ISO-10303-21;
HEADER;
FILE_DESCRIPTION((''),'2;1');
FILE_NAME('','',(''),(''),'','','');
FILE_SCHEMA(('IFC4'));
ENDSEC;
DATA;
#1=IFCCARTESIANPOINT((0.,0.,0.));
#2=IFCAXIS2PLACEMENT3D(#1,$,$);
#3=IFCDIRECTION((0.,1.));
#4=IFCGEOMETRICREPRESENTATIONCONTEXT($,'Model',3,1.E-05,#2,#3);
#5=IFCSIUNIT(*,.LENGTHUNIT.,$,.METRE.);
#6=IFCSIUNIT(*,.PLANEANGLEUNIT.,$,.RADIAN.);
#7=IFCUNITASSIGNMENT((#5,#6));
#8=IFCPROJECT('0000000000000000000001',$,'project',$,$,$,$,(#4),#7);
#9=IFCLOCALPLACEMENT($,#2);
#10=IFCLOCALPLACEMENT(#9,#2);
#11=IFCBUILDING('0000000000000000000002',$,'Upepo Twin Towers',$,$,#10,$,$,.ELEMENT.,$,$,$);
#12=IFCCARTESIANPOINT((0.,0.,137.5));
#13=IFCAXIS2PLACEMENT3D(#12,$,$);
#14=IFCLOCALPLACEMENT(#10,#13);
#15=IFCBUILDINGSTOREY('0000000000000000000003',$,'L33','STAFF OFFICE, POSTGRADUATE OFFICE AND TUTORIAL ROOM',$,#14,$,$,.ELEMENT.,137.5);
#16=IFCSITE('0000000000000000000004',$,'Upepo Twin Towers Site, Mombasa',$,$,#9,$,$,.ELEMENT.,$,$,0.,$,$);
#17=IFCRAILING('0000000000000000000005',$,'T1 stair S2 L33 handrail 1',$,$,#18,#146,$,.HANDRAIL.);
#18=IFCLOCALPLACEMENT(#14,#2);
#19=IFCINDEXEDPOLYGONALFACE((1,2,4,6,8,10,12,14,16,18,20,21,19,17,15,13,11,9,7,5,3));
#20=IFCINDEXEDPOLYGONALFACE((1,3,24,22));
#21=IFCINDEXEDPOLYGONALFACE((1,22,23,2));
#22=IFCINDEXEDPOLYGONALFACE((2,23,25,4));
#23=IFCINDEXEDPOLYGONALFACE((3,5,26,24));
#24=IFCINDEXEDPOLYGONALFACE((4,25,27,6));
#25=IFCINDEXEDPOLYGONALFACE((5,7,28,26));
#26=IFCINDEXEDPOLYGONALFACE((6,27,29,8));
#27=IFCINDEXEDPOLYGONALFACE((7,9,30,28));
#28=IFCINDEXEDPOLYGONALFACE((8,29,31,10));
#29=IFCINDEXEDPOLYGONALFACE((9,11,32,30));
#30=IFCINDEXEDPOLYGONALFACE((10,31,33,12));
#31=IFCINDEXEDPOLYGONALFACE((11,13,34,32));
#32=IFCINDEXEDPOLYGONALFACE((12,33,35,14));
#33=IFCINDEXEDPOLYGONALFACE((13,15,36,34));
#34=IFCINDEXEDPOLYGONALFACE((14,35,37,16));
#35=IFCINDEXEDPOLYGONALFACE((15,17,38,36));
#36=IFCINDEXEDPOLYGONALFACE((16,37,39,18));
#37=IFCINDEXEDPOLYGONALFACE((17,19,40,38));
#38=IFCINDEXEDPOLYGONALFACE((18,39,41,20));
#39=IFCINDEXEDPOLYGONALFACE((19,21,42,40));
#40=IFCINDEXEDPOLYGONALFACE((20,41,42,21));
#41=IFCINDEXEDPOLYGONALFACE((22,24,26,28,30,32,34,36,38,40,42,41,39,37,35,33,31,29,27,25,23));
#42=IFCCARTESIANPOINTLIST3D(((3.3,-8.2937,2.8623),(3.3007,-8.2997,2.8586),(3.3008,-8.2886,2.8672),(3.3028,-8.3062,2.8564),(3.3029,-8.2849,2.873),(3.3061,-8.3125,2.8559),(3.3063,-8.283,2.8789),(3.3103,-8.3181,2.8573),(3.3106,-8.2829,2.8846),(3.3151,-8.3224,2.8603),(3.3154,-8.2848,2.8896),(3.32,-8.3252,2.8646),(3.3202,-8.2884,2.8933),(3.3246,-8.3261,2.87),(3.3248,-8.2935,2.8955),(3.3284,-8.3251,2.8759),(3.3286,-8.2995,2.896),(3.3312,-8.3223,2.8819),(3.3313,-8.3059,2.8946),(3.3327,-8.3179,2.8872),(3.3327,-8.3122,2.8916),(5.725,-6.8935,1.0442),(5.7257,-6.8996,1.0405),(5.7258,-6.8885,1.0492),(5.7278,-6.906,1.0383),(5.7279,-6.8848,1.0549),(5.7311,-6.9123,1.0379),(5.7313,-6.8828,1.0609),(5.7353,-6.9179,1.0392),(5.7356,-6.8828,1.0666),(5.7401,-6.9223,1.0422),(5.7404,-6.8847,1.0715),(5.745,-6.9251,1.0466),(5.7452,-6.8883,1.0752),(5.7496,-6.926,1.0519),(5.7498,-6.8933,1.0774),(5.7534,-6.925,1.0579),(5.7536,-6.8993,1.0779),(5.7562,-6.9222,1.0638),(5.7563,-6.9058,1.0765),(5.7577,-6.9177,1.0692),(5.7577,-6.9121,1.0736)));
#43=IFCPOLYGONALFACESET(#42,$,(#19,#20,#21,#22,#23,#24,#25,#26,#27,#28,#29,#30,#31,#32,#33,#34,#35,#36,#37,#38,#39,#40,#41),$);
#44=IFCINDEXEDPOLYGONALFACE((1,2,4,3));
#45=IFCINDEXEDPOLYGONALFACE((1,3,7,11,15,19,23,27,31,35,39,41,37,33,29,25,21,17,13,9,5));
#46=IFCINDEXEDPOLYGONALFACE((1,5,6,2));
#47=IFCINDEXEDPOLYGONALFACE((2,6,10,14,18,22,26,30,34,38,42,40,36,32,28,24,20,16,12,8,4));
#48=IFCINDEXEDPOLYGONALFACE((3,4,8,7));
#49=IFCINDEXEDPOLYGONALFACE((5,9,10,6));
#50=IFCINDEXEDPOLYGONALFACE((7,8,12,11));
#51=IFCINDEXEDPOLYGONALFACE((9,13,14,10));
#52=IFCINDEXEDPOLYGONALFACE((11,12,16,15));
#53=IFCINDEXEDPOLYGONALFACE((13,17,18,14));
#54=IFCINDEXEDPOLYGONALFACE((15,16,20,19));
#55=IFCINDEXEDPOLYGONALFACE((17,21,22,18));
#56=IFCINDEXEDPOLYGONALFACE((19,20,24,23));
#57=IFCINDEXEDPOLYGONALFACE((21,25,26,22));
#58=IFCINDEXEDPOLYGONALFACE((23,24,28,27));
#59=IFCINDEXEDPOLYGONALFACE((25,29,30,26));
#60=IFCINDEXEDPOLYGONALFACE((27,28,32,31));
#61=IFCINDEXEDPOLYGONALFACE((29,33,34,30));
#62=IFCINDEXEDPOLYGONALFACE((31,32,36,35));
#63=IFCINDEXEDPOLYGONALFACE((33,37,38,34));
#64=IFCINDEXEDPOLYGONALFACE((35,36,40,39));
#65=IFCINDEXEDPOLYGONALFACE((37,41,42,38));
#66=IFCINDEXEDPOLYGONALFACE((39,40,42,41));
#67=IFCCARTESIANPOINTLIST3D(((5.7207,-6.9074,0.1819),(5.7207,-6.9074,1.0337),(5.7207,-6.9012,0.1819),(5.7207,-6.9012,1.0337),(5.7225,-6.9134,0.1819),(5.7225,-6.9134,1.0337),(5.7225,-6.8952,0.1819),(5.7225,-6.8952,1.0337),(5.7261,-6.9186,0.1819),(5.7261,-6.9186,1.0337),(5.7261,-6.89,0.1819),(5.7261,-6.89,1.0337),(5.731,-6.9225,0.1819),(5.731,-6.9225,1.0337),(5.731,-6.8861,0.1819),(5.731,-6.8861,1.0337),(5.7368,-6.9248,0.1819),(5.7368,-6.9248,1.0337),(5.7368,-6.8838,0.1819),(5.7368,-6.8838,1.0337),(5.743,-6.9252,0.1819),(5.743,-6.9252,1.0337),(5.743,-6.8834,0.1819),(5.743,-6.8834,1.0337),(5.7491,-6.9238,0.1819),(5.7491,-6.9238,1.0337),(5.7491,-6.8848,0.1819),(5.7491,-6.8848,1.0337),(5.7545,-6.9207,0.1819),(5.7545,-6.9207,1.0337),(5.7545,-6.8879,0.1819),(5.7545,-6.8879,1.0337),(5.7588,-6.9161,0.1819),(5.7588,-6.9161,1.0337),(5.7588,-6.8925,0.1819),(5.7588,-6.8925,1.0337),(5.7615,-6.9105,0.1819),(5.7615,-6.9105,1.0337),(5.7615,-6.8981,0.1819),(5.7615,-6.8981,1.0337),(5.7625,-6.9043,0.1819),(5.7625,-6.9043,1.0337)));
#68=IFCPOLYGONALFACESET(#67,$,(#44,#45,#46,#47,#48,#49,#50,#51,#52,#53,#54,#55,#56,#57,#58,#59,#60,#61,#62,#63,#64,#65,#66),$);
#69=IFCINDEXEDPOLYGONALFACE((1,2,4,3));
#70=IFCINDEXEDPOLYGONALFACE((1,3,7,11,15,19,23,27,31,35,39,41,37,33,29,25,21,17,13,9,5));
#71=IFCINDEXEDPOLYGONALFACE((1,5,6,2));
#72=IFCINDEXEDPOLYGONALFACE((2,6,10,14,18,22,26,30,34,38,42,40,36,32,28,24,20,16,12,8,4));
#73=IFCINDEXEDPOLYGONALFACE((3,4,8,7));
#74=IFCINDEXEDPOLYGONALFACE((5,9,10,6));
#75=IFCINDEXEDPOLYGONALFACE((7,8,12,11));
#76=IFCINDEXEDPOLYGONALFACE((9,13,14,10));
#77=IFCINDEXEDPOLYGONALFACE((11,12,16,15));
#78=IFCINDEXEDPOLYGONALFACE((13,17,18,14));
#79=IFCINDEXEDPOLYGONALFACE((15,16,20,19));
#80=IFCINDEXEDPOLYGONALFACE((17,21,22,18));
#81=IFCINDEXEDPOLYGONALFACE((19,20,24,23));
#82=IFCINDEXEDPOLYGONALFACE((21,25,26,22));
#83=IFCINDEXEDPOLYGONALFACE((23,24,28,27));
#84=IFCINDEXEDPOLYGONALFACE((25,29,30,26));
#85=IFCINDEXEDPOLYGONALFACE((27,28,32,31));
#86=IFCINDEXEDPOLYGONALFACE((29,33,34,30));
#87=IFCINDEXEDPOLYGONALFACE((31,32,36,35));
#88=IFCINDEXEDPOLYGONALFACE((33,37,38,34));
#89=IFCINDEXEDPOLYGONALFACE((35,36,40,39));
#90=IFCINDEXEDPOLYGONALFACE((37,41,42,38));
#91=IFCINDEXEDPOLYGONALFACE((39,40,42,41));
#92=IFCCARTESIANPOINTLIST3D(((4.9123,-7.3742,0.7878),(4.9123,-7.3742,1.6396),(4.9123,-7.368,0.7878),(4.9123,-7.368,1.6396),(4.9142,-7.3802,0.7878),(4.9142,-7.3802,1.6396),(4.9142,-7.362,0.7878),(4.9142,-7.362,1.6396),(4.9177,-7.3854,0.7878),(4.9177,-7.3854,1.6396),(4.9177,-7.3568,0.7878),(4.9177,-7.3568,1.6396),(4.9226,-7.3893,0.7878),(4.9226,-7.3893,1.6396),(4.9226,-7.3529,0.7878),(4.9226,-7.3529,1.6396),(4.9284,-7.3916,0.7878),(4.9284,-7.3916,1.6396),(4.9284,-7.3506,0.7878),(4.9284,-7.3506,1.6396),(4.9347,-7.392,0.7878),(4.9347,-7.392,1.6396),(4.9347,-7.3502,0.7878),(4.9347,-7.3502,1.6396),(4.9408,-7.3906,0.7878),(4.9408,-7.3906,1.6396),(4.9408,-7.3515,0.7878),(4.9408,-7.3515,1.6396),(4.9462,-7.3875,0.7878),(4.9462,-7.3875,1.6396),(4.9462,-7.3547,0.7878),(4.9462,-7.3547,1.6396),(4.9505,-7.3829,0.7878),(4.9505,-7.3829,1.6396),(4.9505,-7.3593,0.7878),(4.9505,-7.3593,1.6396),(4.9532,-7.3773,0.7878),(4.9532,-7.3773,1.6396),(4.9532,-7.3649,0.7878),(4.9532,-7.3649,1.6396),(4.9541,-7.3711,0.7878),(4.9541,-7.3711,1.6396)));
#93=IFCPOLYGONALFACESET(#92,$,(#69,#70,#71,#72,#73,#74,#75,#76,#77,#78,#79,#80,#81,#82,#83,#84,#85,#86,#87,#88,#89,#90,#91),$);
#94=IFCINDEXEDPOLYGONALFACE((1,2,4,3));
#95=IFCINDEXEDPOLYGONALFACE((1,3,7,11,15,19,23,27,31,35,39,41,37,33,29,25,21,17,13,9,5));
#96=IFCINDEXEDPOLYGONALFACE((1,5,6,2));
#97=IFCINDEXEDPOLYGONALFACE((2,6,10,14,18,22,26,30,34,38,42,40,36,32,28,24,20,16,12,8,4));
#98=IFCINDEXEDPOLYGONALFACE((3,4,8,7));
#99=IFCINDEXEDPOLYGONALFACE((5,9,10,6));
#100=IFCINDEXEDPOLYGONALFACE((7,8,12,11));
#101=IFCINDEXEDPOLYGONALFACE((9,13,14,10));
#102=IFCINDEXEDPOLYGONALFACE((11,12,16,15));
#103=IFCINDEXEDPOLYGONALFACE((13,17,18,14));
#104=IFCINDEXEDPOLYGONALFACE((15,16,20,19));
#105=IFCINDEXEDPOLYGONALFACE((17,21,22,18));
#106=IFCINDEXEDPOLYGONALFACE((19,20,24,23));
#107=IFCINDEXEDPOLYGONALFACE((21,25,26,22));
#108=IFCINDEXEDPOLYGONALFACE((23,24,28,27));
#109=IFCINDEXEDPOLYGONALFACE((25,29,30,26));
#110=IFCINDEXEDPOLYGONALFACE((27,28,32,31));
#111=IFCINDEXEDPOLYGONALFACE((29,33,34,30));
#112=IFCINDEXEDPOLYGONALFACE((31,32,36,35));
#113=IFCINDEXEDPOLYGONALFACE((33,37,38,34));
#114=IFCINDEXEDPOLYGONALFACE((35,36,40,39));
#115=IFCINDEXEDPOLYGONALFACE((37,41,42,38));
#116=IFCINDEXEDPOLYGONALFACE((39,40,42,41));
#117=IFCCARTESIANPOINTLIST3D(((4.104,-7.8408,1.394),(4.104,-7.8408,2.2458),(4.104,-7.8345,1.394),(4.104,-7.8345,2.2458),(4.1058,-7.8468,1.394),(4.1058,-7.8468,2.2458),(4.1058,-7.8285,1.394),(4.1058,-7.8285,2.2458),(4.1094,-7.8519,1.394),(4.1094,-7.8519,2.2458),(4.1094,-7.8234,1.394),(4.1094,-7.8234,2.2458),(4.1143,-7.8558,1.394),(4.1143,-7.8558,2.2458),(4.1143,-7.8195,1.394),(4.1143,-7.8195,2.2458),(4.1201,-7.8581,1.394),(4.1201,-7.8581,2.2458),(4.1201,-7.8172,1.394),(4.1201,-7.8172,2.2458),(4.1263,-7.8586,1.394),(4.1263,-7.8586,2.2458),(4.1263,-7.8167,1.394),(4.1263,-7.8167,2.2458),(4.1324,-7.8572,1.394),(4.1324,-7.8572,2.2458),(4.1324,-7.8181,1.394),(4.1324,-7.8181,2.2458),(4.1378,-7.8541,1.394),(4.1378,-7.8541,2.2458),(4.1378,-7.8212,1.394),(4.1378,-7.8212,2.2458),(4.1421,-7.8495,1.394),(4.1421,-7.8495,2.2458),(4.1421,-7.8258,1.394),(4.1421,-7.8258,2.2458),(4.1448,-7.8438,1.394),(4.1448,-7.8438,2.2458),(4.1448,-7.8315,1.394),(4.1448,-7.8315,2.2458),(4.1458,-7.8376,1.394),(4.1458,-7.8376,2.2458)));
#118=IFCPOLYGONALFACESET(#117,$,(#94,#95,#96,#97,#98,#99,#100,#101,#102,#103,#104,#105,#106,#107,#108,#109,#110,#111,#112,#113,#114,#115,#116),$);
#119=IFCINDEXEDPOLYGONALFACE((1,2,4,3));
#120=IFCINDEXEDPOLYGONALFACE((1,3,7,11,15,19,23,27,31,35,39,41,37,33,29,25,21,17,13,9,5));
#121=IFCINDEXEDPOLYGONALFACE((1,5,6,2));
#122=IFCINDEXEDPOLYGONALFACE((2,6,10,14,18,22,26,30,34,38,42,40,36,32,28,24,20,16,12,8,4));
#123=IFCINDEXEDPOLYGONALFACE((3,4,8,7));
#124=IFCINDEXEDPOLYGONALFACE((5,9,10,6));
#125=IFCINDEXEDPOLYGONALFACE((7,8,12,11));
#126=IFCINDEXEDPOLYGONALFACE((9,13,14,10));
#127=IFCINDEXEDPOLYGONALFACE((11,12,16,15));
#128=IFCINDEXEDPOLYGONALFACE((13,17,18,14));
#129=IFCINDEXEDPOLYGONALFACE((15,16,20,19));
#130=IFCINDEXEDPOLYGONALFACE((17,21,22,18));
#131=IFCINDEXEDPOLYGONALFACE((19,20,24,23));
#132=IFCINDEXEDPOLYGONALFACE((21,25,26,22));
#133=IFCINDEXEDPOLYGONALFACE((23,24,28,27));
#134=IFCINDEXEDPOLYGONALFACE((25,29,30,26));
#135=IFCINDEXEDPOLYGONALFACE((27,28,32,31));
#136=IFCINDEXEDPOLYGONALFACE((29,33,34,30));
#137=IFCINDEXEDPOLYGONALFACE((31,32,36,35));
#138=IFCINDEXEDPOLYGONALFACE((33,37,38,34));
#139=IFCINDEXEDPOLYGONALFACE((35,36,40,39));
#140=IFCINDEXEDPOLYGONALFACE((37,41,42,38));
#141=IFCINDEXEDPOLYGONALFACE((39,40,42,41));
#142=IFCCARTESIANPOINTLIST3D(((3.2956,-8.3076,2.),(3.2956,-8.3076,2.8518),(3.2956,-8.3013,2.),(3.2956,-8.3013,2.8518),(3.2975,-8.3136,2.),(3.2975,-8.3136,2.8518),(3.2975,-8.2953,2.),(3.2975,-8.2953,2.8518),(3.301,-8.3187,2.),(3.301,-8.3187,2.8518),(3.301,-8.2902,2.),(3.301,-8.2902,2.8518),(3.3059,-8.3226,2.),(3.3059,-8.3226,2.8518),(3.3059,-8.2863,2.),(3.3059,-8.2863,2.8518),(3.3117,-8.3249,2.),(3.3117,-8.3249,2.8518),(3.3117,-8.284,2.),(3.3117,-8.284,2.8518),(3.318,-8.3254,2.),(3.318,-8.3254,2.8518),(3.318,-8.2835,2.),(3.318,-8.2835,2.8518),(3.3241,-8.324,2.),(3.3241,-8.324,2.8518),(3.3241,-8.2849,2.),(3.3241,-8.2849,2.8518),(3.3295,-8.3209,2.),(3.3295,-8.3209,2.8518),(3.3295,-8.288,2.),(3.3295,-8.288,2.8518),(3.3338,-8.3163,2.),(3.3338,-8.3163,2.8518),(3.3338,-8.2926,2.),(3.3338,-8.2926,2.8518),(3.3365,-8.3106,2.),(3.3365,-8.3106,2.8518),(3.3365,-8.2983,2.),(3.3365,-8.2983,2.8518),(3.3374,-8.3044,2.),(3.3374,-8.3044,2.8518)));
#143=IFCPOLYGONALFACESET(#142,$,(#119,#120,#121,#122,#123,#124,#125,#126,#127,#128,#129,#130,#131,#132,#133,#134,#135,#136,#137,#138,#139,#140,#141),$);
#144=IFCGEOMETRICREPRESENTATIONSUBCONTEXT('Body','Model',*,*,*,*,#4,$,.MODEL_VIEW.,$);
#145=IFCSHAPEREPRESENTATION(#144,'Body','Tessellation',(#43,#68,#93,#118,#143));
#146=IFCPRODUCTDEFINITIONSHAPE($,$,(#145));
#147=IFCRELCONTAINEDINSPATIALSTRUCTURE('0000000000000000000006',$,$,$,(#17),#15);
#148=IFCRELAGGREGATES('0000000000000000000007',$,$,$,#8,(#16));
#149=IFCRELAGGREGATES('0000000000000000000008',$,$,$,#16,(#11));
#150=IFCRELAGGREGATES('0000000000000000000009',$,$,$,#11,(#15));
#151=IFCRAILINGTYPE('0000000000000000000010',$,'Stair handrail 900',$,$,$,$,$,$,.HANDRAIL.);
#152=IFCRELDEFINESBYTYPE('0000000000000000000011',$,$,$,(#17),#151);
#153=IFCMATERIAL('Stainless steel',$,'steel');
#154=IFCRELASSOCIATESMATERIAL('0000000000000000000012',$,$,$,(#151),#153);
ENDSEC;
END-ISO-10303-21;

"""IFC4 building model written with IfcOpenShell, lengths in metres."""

from ifc_helpers import new_model, si_unit, direction, frame, origin, origin_2d, place, context, subcontext, project, spatial, circle, extrude, material, type_object, element, save


model = new_model("IFC4")

# Units and contexts
model_context = context("Model", 3, precision=1e-05, world=origin(), true_north=direction((0.0, 1.0)))
body_context = subcontext(model_context, "Body", "Model", "MODEL_VIEW")
ifc_project = project(units=[si_unit("LENGTHUNIT", "METRE"), si_unit("PLANEANGLEUNIT", "RADIAN")], contexts=[model_context])

# Site, building, storey
site_placement = place(None, origin())
site = spatial("IfcSite", under=ifc_project, at=site_placement, Name="Upepo Twin Towers Site, Mombasa", CompositionType="ELEMENT", RefElevation=0.0)
building_placement = place(site_placement, origin())
building = spatial("IfcBuilding", under=site, at=building_placement, Name="Upepo Twin Towers", CompositionType="ELEMENT")
storey_placement = place(building_placement, frame((0.0, 0.0, 137.5)))
storey = spatial("IfcBuildingStorey", under=building, at=storey_placement, Name="L33", Description="STAFF OFFICE, POSTGRADUATE OFFICE AND TUTORIAL ROOM", CompositionType="ELEMENT", Elevation=137.5)

# Railing
ifc_material_1 = material(Name="Stainless steel", Category="steel")
railing_type = type_object("IfcRailingType", Name="Stair handrail 900", PredefinedType="HANDRAIL", material=ifc_material_1)
railing_1_placement = place(storey_placement, frame((5.7415, -6.9043, 0.1819)))
element("IfcRailing", 1, at=railing_1_placement, inside=storey, type_object=railing_type, Name="T1 stair S2 L33 handrail 1", PredefinedType="HANDRAIL", context=body_context, shape_type="SweptSolid", body=[
    extrude(circle(Radius=0.0239, at=origin_2d()), frame((0.0, 0.0, 0.876), z_axis=(-0.726349, -0.419371, 0.54456), x_axis=(0.500012, -0.866019, 0.0)), (0.0, 0.0, 1.0), 3.3386),
    extrude(circle(Radius=0.021, at=origin_2d()), origin(), (0.0, 0.0, 1.0), 0.8518),
    extrude(circle(Radius=0.021, at=origin_2d()), frame((-0.8083, -0.4668, 0.606)), (0.0, 0.0, 1.0), 0.8518),
    extrude(circle(Radius=0.021, at=origin_2d()), frame((-1.6167, -0.9333, 1.2122)), (0.0, 0.0, 1.0), 0.8518),
    extrude(circle(Radius=0.021, at=origin_2d()), frame((-2.425, -1.4001, 1.8181)), (0.0, 0.0, 1.0), 0.8518),
])

save(model, "model.ifc")
